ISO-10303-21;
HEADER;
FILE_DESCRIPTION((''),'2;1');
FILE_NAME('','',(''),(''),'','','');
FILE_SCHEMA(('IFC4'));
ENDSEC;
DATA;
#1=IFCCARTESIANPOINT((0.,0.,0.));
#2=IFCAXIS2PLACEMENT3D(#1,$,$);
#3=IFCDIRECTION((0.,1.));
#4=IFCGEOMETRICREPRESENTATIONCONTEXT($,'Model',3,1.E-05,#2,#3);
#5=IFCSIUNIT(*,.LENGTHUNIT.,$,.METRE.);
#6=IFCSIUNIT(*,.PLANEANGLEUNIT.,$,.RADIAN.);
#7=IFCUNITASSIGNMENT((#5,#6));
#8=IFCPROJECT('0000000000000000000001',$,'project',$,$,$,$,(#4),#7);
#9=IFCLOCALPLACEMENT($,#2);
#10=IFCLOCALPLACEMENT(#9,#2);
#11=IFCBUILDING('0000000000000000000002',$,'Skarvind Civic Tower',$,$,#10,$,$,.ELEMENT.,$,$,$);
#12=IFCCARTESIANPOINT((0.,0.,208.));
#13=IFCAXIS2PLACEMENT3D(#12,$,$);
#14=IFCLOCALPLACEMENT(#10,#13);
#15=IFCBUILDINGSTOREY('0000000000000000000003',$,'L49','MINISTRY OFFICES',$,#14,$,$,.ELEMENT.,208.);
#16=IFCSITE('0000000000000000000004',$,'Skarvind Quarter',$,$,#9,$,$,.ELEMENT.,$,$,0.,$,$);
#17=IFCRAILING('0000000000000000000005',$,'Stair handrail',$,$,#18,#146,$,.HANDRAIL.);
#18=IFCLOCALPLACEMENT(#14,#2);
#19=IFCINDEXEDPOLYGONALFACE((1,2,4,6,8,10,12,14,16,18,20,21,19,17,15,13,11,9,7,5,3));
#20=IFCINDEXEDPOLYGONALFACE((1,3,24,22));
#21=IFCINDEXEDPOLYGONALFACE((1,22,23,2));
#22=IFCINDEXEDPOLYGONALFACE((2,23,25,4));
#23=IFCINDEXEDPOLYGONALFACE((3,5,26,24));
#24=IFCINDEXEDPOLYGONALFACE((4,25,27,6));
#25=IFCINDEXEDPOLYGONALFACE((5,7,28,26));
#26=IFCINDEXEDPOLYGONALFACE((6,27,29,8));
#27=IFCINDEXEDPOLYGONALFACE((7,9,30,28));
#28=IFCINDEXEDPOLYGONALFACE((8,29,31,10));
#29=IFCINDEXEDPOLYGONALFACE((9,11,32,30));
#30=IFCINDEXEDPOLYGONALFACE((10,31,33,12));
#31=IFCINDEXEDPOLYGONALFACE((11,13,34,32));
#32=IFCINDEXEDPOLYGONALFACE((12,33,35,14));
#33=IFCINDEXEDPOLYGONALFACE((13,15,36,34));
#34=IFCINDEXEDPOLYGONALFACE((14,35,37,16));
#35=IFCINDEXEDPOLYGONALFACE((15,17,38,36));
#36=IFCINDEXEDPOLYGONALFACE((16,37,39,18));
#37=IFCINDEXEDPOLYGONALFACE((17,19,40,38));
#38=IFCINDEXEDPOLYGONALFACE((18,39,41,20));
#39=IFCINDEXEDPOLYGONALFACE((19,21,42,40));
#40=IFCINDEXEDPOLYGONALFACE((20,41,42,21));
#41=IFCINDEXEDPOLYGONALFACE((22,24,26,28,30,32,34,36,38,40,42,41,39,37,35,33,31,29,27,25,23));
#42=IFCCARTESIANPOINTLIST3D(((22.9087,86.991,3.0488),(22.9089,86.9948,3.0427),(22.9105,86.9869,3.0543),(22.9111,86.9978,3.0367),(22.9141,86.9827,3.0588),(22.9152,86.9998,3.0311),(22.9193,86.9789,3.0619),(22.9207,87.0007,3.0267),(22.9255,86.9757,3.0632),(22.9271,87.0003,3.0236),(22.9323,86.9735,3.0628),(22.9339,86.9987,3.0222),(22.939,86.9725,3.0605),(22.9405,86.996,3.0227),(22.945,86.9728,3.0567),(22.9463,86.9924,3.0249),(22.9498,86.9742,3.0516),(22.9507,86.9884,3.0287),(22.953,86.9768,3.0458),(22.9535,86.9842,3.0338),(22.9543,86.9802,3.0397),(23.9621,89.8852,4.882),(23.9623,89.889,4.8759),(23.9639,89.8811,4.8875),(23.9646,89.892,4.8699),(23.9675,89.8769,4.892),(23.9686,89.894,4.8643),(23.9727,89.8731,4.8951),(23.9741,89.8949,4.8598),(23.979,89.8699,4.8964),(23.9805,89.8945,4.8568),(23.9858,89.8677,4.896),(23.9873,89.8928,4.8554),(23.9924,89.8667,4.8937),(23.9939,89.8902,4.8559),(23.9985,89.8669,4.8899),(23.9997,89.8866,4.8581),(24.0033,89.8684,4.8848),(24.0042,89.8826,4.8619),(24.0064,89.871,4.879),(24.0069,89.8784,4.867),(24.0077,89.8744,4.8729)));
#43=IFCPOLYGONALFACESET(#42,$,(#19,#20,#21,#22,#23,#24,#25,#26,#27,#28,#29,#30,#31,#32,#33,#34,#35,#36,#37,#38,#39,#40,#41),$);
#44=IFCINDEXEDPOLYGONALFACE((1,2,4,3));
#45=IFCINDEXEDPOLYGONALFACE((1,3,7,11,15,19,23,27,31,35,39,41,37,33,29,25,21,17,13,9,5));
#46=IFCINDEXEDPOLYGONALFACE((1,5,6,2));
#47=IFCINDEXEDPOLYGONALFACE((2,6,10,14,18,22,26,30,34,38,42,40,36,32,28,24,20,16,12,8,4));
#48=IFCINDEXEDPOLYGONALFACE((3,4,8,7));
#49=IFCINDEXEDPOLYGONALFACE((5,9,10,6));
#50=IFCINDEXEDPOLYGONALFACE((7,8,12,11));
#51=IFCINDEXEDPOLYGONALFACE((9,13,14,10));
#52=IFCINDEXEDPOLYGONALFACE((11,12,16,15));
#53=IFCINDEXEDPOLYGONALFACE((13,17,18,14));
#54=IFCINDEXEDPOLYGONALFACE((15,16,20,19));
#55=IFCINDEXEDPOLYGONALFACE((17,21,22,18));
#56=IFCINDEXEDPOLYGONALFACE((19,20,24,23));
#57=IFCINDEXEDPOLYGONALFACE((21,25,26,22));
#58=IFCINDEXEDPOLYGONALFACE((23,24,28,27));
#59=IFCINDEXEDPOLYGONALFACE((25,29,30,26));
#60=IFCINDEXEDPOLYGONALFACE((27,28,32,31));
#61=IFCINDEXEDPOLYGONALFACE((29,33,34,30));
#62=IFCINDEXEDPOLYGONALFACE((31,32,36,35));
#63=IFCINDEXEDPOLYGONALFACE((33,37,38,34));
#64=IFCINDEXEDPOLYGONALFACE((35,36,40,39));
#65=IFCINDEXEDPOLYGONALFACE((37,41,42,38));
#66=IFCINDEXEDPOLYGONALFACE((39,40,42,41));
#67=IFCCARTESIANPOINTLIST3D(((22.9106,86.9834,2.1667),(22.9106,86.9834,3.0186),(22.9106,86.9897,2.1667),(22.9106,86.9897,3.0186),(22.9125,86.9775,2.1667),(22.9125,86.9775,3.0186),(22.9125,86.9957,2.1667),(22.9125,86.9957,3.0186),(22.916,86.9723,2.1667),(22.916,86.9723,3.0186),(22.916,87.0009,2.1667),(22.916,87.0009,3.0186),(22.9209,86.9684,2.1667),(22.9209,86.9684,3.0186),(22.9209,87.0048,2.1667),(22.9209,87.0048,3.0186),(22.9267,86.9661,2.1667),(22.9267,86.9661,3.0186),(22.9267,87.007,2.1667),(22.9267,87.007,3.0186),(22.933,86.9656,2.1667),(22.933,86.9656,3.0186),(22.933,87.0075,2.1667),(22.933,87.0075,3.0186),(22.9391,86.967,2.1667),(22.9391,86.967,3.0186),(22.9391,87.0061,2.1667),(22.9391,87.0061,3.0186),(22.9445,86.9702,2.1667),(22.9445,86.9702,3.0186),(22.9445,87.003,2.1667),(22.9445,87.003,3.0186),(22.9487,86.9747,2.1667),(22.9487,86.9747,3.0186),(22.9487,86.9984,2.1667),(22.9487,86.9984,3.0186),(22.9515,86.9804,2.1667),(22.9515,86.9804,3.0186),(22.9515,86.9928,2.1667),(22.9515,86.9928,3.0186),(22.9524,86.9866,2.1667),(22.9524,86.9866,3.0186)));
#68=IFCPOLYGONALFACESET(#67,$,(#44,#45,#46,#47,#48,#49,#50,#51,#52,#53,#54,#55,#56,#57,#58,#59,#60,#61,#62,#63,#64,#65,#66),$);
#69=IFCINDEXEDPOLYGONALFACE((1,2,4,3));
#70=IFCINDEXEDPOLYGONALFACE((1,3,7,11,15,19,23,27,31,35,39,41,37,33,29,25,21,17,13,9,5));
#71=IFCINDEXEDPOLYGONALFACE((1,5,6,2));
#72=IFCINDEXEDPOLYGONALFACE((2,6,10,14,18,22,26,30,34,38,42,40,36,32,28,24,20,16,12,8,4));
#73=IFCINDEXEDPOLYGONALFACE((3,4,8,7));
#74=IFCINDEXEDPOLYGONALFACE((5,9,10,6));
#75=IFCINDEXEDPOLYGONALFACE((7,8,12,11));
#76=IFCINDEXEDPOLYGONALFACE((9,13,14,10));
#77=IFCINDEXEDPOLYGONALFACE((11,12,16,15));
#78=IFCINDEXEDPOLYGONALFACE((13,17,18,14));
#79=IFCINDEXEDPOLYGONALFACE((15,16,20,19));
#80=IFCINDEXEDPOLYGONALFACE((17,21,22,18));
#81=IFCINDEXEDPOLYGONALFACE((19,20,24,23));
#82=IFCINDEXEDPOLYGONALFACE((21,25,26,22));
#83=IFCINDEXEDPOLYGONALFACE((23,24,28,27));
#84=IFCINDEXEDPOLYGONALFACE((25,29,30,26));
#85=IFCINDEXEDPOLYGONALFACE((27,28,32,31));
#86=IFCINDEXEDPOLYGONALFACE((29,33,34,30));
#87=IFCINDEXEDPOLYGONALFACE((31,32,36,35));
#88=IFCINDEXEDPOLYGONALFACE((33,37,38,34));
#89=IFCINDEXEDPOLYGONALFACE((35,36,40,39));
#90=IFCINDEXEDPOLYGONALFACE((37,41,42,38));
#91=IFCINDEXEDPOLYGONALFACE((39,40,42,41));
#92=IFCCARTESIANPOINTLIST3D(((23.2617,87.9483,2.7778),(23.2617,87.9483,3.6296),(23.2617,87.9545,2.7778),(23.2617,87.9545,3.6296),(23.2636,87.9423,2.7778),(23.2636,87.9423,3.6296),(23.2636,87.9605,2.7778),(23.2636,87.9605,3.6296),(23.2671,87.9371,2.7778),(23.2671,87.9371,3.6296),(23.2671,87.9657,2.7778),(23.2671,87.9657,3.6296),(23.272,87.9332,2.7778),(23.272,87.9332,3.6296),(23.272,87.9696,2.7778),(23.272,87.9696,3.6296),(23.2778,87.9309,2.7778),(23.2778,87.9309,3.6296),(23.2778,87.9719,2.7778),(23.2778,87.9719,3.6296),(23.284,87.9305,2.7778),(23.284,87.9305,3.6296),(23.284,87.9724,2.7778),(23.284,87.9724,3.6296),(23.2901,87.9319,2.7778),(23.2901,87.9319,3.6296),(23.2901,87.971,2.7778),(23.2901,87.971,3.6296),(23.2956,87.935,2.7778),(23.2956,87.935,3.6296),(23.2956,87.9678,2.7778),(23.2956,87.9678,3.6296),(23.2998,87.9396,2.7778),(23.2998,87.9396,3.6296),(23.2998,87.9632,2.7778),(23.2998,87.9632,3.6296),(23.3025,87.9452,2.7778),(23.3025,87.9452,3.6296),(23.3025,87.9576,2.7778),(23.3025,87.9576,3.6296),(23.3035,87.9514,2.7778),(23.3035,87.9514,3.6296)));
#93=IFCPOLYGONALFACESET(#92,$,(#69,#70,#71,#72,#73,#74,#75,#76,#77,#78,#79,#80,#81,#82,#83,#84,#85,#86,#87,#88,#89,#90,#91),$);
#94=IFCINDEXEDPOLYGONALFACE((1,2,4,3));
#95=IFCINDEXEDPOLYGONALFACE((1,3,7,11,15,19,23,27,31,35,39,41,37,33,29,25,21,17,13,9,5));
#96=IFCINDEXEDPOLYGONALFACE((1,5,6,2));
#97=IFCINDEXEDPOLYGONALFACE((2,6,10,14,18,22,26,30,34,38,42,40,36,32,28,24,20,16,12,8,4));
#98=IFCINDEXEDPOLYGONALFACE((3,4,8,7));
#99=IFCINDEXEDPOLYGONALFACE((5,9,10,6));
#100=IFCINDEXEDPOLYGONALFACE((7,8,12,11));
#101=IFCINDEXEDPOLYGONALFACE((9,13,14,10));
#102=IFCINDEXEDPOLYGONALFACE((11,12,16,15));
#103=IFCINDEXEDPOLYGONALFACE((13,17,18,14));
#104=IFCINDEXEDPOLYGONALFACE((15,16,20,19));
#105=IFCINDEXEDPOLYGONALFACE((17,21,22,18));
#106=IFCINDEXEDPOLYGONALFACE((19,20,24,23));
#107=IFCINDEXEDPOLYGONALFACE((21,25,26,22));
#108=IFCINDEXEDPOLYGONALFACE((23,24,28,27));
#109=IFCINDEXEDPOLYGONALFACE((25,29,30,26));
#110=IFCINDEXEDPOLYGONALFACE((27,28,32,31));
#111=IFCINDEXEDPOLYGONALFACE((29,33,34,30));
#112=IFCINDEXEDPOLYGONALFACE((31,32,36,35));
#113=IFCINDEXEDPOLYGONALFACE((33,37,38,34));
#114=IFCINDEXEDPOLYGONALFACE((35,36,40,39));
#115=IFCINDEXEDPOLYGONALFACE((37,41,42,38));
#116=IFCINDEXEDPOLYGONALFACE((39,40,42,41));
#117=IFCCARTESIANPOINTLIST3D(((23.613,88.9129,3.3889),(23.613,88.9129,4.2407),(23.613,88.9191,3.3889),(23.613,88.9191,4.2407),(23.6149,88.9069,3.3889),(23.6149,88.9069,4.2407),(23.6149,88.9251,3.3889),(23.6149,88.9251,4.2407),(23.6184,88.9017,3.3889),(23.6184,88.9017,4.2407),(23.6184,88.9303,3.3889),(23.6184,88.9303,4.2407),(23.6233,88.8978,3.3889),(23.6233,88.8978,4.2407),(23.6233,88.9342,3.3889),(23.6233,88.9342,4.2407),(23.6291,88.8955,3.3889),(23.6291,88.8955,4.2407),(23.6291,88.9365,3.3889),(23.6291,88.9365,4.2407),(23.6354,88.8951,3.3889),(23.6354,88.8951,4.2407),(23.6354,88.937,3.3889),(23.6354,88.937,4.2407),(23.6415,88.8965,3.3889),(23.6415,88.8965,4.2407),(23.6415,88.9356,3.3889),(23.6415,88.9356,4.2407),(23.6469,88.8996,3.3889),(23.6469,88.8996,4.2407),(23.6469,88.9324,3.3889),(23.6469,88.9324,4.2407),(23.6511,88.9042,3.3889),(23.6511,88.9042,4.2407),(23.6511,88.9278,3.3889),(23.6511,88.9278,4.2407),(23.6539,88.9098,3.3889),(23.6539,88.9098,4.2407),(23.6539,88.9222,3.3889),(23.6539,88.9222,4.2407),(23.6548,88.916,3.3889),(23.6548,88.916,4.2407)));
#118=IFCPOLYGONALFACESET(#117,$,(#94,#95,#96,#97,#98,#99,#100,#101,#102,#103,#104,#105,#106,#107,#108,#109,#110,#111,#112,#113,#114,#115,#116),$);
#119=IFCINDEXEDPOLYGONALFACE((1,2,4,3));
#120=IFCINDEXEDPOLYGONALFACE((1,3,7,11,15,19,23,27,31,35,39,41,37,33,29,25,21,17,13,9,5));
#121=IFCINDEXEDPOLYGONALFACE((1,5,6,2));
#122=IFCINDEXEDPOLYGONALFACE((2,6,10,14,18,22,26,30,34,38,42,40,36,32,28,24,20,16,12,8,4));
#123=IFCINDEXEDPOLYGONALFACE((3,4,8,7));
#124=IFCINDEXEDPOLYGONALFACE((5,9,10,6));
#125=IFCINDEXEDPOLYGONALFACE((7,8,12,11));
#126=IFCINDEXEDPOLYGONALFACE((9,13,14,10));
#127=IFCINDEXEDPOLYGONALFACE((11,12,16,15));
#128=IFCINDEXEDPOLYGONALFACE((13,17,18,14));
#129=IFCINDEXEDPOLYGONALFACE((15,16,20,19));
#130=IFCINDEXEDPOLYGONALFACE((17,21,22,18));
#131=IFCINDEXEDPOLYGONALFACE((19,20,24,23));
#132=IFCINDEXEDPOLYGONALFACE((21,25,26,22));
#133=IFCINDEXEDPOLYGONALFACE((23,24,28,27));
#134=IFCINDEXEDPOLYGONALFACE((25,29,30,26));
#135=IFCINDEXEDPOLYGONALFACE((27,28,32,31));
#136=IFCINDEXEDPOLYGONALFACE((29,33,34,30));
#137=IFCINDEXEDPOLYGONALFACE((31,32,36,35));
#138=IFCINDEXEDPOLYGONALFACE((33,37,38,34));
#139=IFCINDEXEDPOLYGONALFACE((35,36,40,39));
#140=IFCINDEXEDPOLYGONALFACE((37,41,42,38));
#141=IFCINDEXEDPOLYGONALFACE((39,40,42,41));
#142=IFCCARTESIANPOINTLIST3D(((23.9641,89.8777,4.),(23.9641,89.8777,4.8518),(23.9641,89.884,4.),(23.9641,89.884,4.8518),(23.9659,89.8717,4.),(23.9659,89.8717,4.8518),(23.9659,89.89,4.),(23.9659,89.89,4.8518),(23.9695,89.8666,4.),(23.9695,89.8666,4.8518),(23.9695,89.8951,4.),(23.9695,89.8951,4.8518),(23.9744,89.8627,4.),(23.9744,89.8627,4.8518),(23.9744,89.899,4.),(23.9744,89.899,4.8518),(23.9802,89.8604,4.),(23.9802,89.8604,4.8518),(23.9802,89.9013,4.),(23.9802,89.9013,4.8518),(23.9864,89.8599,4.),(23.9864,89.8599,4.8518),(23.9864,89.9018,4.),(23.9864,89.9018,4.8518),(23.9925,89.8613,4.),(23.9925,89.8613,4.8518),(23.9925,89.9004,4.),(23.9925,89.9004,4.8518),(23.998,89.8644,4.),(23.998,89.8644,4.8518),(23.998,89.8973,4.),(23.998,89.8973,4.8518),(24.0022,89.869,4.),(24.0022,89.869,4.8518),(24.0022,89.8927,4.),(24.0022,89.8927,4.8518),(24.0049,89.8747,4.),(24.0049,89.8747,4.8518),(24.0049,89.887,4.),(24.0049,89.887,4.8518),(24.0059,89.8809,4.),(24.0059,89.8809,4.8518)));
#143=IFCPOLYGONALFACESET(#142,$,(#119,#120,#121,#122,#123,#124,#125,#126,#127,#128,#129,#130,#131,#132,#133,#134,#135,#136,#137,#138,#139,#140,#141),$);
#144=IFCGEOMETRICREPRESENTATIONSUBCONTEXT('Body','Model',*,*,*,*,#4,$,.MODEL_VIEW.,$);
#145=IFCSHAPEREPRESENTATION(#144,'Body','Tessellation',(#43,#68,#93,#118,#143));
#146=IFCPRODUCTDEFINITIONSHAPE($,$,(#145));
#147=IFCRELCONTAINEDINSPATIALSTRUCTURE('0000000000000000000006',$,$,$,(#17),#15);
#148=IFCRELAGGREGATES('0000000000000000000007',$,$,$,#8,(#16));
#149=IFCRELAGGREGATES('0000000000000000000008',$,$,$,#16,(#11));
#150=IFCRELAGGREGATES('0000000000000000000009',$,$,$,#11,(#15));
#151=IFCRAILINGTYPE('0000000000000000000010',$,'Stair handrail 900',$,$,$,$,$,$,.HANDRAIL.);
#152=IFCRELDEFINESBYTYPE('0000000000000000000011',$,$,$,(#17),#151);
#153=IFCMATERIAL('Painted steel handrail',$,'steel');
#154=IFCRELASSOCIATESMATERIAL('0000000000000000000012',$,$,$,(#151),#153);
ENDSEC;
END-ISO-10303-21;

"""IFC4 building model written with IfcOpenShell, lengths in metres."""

from ifc_helpers import new_model, si_unit, direction, frame, origin, origin_2d, place, context, subcontext, project, spatial, circle, extrude, material, type_object, element, save


model = new_model("IFC4")

# Units and contexts
model_context = context("Model", 3, precision=1e-05, world=origin(), true_north=direction((0.0, 1.0)))
body_context = subcontext(model_context, "Body", "Model", "MODEL_VIEW")
ifc_project = project(units=[si_unit("LENGTHUNIT", "METRE"), si_unit("PLANEANGLEUNIT", "RADIAN")], contexts=[model_context])

# Site, building, storey
site_placement = place(None, origin())
site = spatial("IfcSite", under=ifc_project, at=site_placement, Name="Skarvind Quarter", CompositionType="ELEMENT", RefElevation=0.0)
building_placement = place(site_placement, origin())
building = spatial("IfcBuilding", under=site, at=building_placement, Name="Skarvind Civic Tower", CompositionType="ELEMENT")
storey_placement = place(building_placement, frame((0.0, 0.0, 208.0)))
storey = spatial("IfcBuildingStorey", under=building, at=storey_placement, Name="L49", Description="MINISTRY OFFICES", CompositionType="ELEMENT", Elevation=208.0)

# Railing
ifc_material_1 = material(Name="Painted steel handrail", Category="steel")
railing_type = type_object("IfcRailingType", Name="Stair handrail 900", PredefinedType="HANDRAIL", material=ifc_material_1)
railing_1_placement = place(storey_placement, frame((22.9314, 86.9866, 2.1667)))
element("IfcRailing", 1, at=railing_1_placement, inside=storey, type_object=railing_type, Name="Stair handrail", PredefinedType="HANDRAIL", context=body_context, shape_type="SweptSolid", body=[
    extrude(circle(Radius=0.0239, at=origin_2d()), frame((0.0, 0.0, 0.876), z_axis=(0.293908, 0.807481, 0.511461), x_axis=(-0.939689, 0.342029, 0.0)), (0.0, 0.0, 1.0), 3.5842),
    extrude(circle(Radius=0.021, at=origin_2d()), origin(), (0.0, 0.0, 1.0), 0.8518),
    extrude(circle(Radius=0.021, at=origin_2d()), frame((0.3511, 0.9648, 0.6111)), (0.0, 0.0, 1.0), 0.8518),
    extrude(circle(Radius=0.021, at=origin_2d()), frame((0.7024, 1.9294, 1.2222)), (0.0, 0.0, 1.0), 0.8518),
    extrude(circle(Radius=0.021, at=origin_2d()), frame((1.0535, 2.8943, 1.8333)), (0.0, 0.0, 1.0), 0.8518),
])

save(model, "model.ifc")
